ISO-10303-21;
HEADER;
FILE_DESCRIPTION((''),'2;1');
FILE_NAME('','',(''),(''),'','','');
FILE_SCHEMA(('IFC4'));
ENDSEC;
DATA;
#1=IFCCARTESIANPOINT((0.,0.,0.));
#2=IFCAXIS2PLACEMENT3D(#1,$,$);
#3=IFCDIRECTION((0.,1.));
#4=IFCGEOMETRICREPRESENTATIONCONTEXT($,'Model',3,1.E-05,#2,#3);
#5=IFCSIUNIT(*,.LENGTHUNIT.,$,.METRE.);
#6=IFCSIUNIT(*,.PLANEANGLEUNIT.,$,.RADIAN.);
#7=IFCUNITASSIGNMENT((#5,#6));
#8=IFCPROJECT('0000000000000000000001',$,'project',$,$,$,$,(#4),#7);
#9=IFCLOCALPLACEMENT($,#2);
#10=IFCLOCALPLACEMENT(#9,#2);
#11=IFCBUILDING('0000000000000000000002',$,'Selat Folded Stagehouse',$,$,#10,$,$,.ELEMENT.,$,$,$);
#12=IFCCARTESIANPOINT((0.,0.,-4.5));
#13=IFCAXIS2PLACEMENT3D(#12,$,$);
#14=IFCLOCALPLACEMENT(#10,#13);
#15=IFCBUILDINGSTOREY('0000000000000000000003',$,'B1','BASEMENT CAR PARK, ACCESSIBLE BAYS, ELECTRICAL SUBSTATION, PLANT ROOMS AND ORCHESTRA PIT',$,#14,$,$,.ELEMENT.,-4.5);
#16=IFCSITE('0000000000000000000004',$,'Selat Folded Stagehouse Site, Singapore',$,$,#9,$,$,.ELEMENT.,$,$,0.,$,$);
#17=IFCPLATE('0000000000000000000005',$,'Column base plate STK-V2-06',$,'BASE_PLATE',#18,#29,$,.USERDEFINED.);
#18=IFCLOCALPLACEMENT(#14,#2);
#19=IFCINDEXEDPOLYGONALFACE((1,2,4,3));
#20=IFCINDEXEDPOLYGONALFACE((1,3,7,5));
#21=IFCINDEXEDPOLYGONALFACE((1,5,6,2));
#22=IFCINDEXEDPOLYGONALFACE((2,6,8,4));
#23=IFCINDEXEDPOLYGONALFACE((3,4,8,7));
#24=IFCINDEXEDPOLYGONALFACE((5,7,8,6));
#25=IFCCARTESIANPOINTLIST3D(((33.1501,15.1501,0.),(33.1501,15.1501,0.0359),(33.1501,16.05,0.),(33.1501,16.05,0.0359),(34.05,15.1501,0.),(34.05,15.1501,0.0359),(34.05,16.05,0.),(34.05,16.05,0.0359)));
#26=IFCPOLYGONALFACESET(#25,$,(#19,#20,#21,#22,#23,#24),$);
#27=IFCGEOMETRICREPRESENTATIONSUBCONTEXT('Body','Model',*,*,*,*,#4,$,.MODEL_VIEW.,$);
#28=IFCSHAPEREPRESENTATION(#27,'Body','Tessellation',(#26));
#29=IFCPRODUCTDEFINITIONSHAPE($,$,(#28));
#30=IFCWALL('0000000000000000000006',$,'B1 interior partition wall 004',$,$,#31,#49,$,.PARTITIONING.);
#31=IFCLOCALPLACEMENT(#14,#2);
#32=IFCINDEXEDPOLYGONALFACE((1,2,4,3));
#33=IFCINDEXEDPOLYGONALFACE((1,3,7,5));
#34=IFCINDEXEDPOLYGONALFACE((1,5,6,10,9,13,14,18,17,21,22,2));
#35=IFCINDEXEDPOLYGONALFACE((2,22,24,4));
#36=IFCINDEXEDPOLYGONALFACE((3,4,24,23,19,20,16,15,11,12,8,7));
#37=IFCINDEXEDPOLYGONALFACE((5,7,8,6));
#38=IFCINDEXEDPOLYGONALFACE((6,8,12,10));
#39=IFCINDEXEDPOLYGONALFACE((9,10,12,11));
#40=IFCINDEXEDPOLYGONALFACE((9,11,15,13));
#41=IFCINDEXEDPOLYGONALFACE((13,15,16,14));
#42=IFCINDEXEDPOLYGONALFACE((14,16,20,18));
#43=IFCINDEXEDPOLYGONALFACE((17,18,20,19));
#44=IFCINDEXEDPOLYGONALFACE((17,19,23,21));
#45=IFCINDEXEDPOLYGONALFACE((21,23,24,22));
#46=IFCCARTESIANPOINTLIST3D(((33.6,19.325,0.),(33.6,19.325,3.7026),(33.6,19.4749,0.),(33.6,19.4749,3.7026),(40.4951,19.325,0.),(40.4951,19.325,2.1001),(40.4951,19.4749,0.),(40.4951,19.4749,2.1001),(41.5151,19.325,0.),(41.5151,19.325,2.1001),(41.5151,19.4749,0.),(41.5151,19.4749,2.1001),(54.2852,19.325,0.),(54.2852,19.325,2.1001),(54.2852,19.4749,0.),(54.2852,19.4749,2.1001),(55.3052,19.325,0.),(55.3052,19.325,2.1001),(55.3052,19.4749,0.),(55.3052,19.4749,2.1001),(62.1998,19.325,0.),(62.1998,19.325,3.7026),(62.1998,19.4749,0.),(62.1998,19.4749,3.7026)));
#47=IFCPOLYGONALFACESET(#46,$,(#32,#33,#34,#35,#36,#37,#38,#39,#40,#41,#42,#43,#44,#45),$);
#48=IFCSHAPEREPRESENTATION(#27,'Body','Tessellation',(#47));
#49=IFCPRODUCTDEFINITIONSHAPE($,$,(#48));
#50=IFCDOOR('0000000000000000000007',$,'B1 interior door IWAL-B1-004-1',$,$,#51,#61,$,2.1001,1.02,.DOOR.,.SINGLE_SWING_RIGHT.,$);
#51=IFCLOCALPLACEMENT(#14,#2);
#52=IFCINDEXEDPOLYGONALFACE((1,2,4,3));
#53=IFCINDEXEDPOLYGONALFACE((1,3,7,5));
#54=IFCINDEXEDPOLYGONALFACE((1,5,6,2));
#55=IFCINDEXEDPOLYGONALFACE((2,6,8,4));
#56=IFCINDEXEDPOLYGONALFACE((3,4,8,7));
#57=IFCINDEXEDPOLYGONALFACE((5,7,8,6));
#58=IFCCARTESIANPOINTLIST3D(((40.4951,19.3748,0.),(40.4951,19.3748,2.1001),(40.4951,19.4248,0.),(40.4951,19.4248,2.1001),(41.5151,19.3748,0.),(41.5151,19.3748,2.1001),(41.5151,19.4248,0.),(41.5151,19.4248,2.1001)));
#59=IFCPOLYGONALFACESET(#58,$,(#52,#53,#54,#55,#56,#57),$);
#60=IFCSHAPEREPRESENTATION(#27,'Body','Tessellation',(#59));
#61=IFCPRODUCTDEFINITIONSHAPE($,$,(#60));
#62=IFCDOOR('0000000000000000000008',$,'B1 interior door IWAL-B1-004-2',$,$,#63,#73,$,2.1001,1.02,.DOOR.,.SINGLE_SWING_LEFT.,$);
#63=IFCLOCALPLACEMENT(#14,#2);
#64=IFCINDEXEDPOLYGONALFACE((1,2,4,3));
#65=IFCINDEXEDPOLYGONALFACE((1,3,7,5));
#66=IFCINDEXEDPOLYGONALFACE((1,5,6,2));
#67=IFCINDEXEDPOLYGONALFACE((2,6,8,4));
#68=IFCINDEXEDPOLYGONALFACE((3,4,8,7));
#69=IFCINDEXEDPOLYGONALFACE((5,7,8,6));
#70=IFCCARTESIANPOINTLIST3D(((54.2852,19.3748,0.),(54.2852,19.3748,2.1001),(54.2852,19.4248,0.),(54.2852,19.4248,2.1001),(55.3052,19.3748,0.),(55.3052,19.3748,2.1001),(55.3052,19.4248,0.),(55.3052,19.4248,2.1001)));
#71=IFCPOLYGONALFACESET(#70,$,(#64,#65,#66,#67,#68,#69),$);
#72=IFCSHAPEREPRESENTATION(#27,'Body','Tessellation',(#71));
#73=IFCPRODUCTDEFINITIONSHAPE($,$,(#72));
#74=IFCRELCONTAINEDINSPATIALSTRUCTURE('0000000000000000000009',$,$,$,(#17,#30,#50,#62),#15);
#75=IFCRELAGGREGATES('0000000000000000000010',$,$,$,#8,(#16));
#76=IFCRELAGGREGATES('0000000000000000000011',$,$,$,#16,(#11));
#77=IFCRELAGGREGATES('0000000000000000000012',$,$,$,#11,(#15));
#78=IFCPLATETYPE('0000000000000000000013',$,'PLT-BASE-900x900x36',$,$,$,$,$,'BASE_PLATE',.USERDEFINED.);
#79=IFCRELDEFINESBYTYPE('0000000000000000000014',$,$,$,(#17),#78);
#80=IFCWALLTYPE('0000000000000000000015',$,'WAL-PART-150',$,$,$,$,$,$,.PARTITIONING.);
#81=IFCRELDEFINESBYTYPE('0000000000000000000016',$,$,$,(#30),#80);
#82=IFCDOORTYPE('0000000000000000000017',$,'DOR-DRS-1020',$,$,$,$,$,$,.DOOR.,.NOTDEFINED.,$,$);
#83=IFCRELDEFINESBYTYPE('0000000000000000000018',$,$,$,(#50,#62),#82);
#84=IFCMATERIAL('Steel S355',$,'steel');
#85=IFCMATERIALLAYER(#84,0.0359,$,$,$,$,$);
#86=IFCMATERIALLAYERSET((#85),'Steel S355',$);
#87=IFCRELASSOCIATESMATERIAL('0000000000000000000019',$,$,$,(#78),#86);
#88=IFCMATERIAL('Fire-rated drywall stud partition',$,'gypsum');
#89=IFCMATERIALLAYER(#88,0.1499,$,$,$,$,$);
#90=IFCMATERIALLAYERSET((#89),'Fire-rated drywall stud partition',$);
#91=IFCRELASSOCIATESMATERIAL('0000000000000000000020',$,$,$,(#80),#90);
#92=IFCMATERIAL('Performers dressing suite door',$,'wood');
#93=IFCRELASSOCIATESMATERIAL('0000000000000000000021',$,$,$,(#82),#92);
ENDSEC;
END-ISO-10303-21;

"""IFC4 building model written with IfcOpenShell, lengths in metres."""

from ifc_helpers import new_model, si_unit, direction, frame, frame_2d, origin, origin_2d, place, context, subcontext, project, spatial, rectangle, extrude, material, layer, layer_set, type_object, element, fill, save


model = new_model("IFC4")

# Units and contexts
model_context = context("Model", 3, precision=1e-05, world=origin(), true_north=direction((0.0, 1.0)))
body_context = subcontext(model_context, "Body", "Model", "MODEL_VIEW")
ifc_project = project(units=[si_unit("LENGTHUNIT", "METRE"), si_unit("PLANEANGLEUNIT", "RADIAN")], contexts=[model_context])

# Site, building, storey
site_placement = place(None, origin())
site = spatial("IfcSite", under=ifc_project, at=site_placement, Name="Selat Folded Stagehouse Site, Singapore", CompositionType="ELEMENT", RefElevation=0.0)
building_placement = place(site_placement, origin())
building = spatial("IfcBuilding", under=site, at=building_placement, Name="Selat Folded Stagehouse", CompositionType="ELEMENT")
storey_placement = place(building_placement, frame((0.0, 0.0, -4.5)))
storey = spatial("IfcBuildingStorey", under=building, at=storey_placement, Name="B1", Description="BASEMENT CAR PARK, ACCESSIBLE BAYS, ELECTRICAL SUBSTATION, PLANT ROOMS AND ORCHESTRA PIT", CompositionType="ELEMENT", Elevation=-4.5)

# Shared definitions
ifc_material_1 = material(Name="Steel S355", Category="steel")

# Plate
ifc_layer_1 = layer(ifc_material_1, 0.0359)
ifc_layer_set_1 = layer_set([ifc_layer_1], Name="Steel S355")
plate_type_1 = type_object("IfcPlateType", Name="PLT-BASE-900x900x36", ElementType="BASE_PLATE", PredefinedType="USERDEFINED", material=ifc_layer_set_1)
plate_1_placement = place(storey_placement, frame((33.6001, 15.6001, 0.0), z_axis=(0.0, 0.0, 1.0), x_axis=(1.0, 0.0, 0.0)))
element("IfcPlate", 1, at=plate_1_placement, inside=storey, type_object=plate_type_1, Name="Column base plate STK-V2-06", ObjectType="BASE_PLATE", PredefinedType="USERDEFINED", context=body_context, shape_type="SweptSolid", body=[
    extrude(rectangle(XDim=0.8999, YDim=0.8999, at=origin_2d()), origin(), (0.0, 0.0, 1.0), 0.0359),
])

# Wall, openings, doors
ifc_material_2 = material(Name="Fire-rated drywall stud partition", Category="gypsum")
ifc_layer_2 = layer(ifc_material_2, 0.1499)
ifc_layer_set_2 = layer_set([ifc_layer_2], Name="Fire-rated drywall stud partition")
wall_type = type_object("IfcWallType", Name="WAL-PART-150", PredefinedType="PARTITIONING", material=ifc_layer_set_2)
wall_placement = place(storey_placement, frame((33.6001, 19.3999, 0.0), z_axis=(0.0, 0.0, 1.0), x_axis=(1.0, 0.0, 0.0)))
wall = element("IfcWall", 2, at=wall_placement, inside=storey, type_object=wall_type, Name="B1 interior partition wall 004", PredefinedType="PARTITIONING", context=body_context, shape_type="SweptSolid", body=[
    extrude(rectangle(XDim=28.5999, YDim=0.1499, at=frame_2d((14.2998, 0.0))), origin(), (0.0, 0.0, 1.0), 3.7026),
])
opening_1_placement = place(wall_placement, frame((6.895, 0.0, 0.0)))
opening_1 = element("IfcOpeningElement", 3, at=opening_1_placement, cuts=wall, PredefinedType="OPENING", context=body_context, shape_type="SweptSolid", body=[
    extrude(rectangle(XDim=1.02, YDim=2.1001, at=frame_2d((0.51, 1.05))), frame((0.0, 0.085, 0.0), z_axis=(0.0, -1.0, 0.0), x_axis=(1.0, 0.0, 0.0)), (0.0, 0.0, 1.0), 0.1699),
])
opening_2_placement = place(wall_placement, frame((20.6851, 0.0, 0.0)))
opening_2 = element("IfcOpeningElement", 4, at=opening_2_placement, cuts=wall, PredefinedType="OPENING", context=body_context, shape_type="SweptSolid", body=[
    extrude(rectangle(XDim=1.02, YDim=2.1001, at=frame_2d((0.51, 1.05))), frame((0.0, 0.085, 0.0), z_axis=(0.0, -1.0, 0.0), x_axis=(1.0, 0.0, 0.0)), (0.0, 0.0, 1.0), 0.1699),
])
ifc_material_3 = material(Name="Performers dressing suite door", Category="wood")
door_type = type_object("IfcDoorType", Name="DOR-DRS-1020", OperationType="NOTDEFINED", PredefinedType="DOOR", material=ifc_material_3)
door_1_placement = place(opening_1_placement, origin())
door_1 = element("IfcDoor", 5, at=door_1_placement, inside=storey, type_object=door_type, Name="B1 interior door IWAL-B1-004-1", OperationType="SINGLE_SWING_RIGHT", OverallHeight=2.1001, OverallWidth=1.02, PredefinedType="DOOR", context=body_context, shape_type="SweptSolid", body=[
    extrude(rectangle(XDim=1.02, YDim=2.1001, at=frame_2d((0.51, 1.05))), frame((0.0, 0.0249, 0.0), z_axis=(0.0, -1.0, 0.0), x_axis=(1.0, 0.0, 0.0)), (0.0, 0.0, 1.0), 0.05),
])
fill(opening_1, door_1)
door_2_placement = place(opening_2_placement, origin())
door_2 = element("IfcDoor", 6, at=door_2_placement, inside=storey, type_object=door_type, Name="B1 interior door IWAL-B1-004-2", OperationType="SINGLE_SWING_LEFT", OverallHeight=2.1001, OverallWidth=1.02, PredefinedType="DOOR", context=body_context, shape_type="SweptSolid", body=[
    extrude(rectangle(XDim=1.02, YDim=2.1001, at=frame_2d((0.51, 1.05))), frame((0.0, 0.0249, 0.0), z_axis=(0.0, -1.0, 0.0), x_axis=(1.0, 0.0, 0.0)), (0.0, 0.0, 1.0), 0.05),
])
fill(opening_2, door_2)

save(model, "model.ifc")
